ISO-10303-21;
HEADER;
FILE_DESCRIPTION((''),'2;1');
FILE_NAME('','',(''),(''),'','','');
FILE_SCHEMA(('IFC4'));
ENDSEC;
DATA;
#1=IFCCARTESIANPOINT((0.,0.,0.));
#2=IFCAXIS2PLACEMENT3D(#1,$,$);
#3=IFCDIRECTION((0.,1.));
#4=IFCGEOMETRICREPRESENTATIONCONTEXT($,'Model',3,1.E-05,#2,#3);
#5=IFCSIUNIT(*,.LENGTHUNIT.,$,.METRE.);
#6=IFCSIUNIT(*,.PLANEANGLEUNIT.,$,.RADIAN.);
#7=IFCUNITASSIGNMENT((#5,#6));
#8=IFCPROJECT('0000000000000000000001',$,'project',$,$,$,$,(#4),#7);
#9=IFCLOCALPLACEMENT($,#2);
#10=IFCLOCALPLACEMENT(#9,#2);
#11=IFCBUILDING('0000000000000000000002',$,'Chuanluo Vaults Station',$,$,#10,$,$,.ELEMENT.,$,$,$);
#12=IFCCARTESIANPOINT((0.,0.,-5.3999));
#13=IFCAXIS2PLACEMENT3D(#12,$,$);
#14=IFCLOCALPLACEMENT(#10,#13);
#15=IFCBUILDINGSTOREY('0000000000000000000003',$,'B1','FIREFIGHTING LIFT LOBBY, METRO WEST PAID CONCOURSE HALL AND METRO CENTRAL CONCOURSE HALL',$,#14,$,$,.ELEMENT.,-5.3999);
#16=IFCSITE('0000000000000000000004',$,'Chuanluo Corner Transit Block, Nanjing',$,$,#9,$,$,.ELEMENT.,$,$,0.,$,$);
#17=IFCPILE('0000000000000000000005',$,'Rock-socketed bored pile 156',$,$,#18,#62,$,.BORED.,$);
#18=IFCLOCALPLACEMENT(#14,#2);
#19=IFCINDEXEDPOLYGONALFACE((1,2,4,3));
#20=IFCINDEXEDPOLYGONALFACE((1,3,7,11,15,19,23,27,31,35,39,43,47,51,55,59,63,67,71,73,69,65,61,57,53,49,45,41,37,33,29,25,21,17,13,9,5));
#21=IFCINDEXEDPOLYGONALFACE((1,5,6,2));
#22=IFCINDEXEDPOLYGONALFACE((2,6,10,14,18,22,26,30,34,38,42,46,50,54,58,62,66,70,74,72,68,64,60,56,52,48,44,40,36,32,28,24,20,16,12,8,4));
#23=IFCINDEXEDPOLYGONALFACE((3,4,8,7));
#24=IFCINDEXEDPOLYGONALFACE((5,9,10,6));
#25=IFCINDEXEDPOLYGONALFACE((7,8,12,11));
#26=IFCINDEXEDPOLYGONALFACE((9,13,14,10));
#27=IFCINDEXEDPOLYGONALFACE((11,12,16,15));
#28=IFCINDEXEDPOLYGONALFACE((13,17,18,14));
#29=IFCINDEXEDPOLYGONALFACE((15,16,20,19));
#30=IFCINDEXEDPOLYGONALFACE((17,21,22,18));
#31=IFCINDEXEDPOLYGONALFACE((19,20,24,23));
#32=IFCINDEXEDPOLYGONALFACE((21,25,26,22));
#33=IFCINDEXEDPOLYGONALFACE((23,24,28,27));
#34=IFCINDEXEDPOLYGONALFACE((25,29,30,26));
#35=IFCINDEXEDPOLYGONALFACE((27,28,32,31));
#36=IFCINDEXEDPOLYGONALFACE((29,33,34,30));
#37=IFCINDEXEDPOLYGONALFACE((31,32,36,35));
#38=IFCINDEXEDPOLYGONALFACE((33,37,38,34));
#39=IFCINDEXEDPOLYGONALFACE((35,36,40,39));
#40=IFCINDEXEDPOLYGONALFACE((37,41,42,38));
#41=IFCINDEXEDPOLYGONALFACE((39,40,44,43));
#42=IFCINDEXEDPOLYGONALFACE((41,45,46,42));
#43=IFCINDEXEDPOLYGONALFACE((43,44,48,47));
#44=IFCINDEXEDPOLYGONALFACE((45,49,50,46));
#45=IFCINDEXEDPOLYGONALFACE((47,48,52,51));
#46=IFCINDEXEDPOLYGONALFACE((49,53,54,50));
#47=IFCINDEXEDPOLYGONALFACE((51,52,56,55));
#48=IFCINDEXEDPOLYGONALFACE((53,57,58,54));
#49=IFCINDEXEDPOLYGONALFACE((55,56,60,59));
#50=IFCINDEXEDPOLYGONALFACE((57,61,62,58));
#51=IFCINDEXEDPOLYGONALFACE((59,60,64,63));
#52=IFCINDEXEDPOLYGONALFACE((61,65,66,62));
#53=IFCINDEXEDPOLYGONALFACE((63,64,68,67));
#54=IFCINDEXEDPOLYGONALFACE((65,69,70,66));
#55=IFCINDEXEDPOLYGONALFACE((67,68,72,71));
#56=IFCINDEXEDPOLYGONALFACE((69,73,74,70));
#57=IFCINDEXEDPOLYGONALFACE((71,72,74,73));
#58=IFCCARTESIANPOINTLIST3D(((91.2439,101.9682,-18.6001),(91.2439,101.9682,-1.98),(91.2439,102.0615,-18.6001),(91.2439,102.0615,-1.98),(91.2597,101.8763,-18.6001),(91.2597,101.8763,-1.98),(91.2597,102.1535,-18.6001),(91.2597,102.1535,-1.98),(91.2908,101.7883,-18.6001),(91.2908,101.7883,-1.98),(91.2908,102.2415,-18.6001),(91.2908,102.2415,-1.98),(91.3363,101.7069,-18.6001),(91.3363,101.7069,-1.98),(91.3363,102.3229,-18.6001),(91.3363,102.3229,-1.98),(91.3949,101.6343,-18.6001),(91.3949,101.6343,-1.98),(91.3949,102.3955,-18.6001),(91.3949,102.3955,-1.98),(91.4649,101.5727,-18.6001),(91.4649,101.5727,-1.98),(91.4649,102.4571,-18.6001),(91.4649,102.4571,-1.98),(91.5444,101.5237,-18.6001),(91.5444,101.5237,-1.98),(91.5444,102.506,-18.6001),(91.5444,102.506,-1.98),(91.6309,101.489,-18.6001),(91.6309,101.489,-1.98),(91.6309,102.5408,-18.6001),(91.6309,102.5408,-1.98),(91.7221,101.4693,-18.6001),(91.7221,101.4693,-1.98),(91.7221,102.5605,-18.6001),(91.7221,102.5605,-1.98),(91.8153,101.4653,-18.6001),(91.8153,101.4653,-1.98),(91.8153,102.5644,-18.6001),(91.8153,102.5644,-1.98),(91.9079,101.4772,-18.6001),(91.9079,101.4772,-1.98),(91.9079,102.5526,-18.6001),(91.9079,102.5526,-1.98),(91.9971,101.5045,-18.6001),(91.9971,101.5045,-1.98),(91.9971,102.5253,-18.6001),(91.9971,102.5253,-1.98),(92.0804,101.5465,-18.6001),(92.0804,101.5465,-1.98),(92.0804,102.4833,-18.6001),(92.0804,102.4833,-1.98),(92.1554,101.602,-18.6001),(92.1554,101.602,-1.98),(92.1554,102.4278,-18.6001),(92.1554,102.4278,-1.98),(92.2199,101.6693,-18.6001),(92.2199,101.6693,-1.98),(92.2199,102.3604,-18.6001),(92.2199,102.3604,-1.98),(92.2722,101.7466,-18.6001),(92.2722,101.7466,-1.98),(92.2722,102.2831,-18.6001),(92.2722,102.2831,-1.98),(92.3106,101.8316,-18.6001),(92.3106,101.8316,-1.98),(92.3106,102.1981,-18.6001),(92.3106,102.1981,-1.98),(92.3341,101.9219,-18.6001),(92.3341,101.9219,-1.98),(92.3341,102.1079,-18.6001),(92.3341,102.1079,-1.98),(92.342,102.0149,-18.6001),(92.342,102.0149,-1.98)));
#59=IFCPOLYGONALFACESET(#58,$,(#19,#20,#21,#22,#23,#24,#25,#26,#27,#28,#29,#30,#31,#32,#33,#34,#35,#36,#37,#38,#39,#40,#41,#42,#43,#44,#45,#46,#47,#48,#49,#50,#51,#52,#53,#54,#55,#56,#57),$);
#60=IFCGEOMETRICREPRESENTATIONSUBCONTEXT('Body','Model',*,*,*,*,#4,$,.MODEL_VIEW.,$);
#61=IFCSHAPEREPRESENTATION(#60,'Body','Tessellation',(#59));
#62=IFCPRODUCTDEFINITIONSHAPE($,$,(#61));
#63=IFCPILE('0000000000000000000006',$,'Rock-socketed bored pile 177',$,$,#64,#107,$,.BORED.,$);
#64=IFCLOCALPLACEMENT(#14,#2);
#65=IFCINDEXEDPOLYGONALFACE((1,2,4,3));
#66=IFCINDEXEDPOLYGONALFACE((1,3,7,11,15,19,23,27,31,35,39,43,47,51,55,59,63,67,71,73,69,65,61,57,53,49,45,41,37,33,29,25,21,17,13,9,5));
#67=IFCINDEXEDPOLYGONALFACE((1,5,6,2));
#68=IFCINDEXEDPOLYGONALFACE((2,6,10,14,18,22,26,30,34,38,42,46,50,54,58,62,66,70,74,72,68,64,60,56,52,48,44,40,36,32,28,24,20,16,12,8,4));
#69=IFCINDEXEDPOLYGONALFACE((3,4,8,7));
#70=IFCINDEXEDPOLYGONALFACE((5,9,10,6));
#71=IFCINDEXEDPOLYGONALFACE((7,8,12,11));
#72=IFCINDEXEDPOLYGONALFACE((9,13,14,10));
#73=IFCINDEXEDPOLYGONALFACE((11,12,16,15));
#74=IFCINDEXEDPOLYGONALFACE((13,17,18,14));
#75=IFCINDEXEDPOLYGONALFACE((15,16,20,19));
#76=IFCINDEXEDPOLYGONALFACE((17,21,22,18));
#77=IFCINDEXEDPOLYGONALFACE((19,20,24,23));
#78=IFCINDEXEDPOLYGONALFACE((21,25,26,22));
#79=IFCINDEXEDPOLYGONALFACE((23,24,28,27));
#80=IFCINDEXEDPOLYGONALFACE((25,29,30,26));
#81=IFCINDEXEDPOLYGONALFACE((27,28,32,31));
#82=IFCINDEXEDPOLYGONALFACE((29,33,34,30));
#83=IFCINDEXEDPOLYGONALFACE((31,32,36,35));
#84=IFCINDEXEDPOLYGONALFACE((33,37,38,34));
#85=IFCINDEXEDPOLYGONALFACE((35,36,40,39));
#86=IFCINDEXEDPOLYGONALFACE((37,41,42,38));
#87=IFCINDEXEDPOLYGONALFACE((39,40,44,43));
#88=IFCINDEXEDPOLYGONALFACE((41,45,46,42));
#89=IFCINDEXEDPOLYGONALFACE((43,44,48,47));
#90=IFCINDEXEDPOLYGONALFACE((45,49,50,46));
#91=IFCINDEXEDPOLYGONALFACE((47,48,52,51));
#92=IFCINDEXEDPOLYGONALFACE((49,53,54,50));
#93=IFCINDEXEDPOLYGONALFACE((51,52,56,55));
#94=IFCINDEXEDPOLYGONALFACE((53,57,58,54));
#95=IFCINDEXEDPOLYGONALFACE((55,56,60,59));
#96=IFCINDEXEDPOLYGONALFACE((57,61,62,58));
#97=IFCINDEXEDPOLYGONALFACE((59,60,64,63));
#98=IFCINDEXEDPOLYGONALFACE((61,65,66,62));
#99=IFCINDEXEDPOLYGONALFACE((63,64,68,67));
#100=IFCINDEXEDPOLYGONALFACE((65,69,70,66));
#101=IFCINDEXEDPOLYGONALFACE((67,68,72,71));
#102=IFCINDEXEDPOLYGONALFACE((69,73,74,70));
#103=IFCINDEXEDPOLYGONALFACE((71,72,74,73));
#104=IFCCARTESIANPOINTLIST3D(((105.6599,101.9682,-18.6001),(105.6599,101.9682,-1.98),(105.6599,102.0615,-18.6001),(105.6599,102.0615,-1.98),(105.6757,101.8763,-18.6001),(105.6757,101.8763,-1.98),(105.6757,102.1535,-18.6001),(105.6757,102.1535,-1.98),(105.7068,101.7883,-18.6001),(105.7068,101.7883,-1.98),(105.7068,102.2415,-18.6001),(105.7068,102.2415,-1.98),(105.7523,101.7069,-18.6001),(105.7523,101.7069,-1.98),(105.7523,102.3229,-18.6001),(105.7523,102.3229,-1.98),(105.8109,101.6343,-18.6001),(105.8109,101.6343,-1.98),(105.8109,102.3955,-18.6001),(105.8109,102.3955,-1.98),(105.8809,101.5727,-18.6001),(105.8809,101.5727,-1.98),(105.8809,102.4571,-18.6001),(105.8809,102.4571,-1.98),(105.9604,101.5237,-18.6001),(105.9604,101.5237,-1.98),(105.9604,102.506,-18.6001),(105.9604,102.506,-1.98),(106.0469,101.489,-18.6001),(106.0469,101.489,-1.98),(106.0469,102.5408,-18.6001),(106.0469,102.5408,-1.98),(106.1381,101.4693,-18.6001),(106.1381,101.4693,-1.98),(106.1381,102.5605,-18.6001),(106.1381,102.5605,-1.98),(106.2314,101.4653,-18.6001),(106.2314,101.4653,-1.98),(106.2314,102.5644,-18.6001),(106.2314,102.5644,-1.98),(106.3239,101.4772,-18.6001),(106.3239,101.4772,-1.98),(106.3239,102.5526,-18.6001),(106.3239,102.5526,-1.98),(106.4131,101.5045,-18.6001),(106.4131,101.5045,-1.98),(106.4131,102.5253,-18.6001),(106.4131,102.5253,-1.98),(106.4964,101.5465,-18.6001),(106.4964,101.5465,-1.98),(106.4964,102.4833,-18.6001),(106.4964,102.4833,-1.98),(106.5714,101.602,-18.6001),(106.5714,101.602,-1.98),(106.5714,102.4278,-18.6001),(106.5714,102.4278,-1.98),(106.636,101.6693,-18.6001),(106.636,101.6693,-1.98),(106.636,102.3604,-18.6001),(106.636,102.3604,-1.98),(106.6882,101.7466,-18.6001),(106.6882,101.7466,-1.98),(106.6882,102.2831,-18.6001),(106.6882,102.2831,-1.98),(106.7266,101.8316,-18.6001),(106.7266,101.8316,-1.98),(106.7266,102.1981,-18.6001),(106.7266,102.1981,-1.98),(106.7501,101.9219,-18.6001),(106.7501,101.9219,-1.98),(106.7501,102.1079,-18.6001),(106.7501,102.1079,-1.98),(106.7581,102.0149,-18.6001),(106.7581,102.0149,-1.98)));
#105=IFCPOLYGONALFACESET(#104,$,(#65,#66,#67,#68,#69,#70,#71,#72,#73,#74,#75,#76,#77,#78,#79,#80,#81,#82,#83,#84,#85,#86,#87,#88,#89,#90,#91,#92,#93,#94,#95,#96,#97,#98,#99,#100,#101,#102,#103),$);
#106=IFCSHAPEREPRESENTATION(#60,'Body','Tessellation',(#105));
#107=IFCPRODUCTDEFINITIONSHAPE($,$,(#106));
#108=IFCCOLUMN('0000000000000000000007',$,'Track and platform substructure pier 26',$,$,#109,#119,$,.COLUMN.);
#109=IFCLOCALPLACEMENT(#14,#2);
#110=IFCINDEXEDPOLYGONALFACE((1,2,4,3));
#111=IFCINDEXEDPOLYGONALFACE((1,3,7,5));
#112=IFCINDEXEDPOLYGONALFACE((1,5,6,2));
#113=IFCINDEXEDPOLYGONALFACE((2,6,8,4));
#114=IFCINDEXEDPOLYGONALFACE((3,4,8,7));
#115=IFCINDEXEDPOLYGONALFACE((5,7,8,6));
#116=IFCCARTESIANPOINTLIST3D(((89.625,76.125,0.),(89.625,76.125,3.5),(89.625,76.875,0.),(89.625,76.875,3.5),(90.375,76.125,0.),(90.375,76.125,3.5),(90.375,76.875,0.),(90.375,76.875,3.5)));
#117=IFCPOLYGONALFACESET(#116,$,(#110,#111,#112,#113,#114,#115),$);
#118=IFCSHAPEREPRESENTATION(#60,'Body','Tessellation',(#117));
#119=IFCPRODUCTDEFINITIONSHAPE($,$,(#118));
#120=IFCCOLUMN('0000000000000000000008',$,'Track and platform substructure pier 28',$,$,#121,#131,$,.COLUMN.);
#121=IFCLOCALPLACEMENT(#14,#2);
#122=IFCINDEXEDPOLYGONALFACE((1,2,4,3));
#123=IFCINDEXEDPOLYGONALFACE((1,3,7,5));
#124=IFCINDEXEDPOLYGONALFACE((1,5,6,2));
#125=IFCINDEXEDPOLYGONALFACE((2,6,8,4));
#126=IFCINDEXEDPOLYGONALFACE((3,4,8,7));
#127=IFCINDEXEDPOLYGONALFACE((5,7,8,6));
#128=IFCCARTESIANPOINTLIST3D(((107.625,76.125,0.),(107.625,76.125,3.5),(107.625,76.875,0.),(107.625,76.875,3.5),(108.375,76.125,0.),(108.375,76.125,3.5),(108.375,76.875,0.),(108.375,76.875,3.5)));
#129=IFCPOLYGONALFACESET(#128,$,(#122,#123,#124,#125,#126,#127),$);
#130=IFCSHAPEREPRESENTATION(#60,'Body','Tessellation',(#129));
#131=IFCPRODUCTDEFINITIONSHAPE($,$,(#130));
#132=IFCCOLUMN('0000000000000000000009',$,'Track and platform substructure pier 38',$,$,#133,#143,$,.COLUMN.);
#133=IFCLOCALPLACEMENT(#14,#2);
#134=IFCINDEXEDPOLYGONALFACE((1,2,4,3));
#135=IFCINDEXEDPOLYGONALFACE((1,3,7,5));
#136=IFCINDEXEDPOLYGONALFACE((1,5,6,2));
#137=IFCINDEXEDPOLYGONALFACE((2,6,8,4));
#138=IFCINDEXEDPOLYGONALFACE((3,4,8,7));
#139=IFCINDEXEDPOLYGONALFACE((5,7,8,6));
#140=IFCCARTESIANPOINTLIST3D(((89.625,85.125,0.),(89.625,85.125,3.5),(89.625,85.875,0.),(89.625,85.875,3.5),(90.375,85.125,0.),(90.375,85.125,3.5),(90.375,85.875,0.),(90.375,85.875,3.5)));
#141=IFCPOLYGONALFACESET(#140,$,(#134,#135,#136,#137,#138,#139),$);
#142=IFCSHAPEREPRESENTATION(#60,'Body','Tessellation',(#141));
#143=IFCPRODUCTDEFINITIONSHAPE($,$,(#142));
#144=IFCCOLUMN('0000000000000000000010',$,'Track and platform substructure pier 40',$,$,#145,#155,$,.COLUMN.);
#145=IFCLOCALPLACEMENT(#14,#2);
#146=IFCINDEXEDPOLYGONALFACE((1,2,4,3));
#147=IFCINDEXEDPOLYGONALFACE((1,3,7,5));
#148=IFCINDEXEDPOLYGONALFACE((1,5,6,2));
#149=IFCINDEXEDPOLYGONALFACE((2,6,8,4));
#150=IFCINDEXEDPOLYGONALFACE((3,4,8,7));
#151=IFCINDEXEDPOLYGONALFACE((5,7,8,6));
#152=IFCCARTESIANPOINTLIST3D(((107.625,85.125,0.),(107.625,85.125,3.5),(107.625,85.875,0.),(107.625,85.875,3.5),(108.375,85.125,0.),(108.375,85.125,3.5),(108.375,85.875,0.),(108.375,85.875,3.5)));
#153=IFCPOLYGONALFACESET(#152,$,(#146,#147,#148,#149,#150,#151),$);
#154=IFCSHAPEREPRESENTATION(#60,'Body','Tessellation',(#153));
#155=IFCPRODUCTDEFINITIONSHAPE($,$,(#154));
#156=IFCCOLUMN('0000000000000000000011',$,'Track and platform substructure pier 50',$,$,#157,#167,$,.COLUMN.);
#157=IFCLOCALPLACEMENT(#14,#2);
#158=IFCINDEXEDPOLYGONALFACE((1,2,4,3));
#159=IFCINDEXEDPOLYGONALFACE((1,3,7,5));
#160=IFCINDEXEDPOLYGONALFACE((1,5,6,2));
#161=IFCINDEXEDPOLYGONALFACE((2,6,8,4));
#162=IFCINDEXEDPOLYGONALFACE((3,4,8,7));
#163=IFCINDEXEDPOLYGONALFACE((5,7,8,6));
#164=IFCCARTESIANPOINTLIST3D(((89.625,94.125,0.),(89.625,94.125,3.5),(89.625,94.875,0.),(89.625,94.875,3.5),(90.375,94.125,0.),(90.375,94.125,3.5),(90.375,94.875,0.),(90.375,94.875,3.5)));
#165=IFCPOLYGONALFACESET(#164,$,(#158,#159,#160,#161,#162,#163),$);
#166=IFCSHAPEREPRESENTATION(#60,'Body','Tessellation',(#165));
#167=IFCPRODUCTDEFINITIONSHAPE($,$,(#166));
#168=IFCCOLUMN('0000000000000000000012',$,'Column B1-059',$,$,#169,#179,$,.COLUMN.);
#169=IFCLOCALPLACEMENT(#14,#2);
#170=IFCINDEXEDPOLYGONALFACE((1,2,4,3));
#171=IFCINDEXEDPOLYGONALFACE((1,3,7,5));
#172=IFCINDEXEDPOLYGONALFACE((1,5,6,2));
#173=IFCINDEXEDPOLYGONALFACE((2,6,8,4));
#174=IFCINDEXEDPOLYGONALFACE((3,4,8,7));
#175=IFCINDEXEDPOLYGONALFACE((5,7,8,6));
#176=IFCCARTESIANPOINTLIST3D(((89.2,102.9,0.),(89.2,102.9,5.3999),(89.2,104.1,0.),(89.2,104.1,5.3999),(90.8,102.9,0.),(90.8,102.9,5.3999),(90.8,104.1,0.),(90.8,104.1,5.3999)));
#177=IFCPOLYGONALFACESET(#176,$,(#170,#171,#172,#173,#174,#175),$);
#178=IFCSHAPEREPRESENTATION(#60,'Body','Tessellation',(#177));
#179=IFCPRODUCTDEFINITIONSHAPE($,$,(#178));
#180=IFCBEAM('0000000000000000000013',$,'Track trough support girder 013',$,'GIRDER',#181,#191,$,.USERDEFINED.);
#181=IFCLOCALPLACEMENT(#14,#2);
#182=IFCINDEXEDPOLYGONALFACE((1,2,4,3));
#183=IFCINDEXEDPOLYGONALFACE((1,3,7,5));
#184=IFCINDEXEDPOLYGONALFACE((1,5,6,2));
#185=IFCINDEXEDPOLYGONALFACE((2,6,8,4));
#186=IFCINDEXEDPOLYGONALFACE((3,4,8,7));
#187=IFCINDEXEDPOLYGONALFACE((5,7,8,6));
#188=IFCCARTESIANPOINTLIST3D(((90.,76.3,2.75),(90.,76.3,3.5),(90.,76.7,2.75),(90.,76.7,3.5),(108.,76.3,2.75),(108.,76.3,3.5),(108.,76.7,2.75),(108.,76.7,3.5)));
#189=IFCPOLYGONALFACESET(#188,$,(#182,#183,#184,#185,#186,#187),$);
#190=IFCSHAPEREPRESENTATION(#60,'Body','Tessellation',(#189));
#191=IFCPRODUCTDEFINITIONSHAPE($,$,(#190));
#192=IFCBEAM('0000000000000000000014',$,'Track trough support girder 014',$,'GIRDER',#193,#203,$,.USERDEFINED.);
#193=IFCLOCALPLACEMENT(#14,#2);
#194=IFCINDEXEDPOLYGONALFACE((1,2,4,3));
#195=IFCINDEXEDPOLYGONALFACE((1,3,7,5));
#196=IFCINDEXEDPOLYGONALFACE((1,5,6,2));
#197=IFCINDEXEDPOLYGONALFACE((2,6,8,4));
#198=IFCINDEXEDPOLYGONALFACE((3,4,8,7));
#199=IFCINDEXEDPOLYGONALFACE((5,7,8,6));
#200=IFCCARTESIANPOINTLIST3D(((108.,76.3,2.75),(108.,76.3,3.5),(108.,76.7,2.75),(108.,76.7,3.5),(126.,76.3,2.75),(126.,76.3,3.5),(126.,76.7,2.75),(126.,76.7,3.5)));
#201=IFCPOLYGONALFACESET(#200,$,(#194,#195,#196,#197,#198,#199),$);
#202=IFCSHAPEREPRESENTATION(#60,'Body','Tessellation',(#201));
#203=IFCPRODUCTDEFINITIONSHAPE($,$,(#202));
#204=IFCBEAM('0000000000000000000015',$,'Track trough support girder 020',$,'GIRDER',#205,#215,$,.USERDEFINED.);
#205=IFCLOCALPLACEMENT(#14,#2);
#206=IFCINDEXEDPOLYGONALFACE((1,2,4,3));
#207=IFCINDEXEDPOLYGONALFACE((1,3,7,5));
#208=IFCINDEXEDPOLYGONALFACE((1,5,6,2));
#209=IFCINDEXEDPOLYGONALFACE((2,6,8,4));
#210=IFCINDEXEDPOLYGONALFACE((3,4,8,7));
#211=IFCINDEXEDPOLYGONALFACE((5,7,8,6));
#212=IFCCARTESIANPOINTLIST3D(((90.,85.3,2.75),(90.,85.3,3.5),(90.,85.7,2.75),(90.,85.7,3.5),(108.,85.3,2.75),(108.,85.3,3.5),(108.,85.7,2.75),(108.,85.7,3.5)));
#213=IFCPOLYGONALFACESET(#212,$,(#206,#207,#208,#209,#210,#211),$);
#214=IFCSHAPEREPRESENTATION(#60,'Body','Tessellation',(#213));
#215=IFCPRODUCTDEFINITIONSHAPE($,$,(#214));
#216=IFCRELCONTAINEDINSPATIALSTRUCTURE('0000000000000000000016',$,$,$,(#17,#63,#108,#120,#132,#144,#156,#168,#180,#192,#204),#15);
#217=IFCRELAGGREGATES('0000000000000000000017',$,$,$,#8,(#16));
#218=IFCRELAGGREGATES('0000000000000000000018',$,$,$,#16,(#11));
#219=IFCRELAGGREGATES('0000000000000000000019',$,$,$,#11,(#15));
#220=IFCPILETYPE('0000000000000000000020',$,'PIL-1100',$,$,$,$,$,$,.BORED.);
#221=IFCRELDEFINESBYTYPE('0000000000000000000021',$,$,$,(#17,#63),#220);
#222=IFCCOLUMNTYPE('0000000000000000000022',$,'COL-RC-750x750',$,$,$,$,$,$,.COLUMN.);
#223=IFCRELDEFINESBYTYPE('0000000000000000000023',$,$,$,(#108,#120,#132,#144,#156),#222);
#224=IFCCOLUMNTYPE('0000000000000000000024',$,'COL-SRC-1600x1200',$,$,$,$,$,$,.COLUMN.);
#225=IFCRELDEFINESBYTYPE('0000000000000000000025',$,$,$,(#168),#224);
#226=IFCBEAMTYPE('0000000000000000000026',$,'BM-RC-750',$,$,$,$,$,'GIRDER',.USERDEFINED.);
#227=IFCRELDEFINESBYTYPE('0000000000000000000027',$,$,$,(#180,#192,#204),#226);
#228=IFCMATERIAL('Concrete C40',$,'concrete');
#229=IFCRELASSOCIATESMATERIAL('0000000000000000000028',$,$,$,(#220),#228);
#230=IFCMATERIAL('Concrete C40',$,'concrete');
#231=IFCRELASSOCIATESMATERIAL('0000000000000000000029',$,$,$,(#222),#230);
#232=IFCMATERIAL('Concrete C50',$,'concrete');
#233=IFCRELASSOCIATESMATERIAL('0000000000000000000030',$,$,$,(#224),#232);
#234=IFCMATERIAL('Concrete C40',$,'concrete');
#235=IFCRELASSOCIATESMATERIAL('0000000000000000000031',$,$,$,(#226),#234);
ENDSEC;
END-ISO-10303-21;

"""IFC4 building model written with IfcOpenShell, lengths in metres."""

from ifc_helpers import new_model, si_unit, direction, frame, origin, origin_2d, place, context, subcontext, project, spatial, rectangle, circle, extrude, material, material_profile, profile_set, type_object, element, save


model = new_model("IFC4")

# Units and contexts
model_context = context("Model", 3, precision=1e-05, world=origin(), true_north=direction((0.0, 1.0)))
body_context = subcontext(model_context, "Body", "Model", "MODEL_VIEW")
ifc_project = project(units=[si_unit("LENGTHUNIT", "METRE"), si_unit("PLANEANGLEUNIT", "RADIAN")], contexts=[model_context])

# Site, building, storey
site_placement = place(None, origin())
site = spatial("IfcSite", under=ifc_project, at=site_placement, Name="Chuanluo Corner Transit Block, Nanjing", CompositionType="ELEMENT", RefElevation=0.0)
building_placement = place(site_placement, origin())
building = spatial("IfcBuilding", under=site, at=building_placement, Name="Chuanluo Vaults Station", CompositionType="ELEMENT")
storey_placement = place(building_placement, frame((0.0, 0.0, -5.3999)))
storey = spatial("IfcBuildingStorey", under=building, at=storey_placement, Name="B1", Description="FIREFIGHTING LIFT LOBBY, METRO WEST PAID CONCOURSE HALL AND METRO CENTRAL CONCOURSE HALL", CompositionType="ELEMENT", Elevation=-5.3999)

# Piles
ifc_material_1 = material(Name="Concrete C40", Category="concrete")
ifc_material_profile_1 = material_profile(ifc_material_1, circle(Radius=0.55, at=origin_2d()))
ifc_profile_set_1 = profile_set([ifc_material_profile_1], Name="Concrete C40")
pile_type = type_object("IfcPileType", Name="PIL-1100", PredefinedType="BORED", material=ifc_profile_set_1)
for number, where, z_axis, x_axis, name in (
    (1, (91.792, 102.0149, -1.98), (0.0, 0.0, -1.0), (1.0, 0.0, 0.0), "Rock-socketed bored pile 156"),
    (2, (106.208, 102.0149, -1.98), (0.0, 0.0, -1.0), (1.0, 0.0, 0.0), "Rock-socketed bored pile 177"),
):
    element("IfcPile", number, at=place(storey_placement, frame(where, z_axis=z_axis, x_axis=x_axis)), inside=storey, type_object=pile_type, Name=name, PredefinedType="BORED", context=body_context, shape_type="SweptSolid", body=[
        extrude(circle(Radius=0.55, at=origin_2d()), origin(), (0.0, 0.0, 1.0), 16.6201),
    ])

# Columns
ifc_material_2 = material(Name="Concrete C40", Category="concrete")
ifc_material_profile_2 = material_profile(ifc_material_2, rectangle(XDim=0.75, YDim=0.75, at=origin_2d()))
ifc_profile_set_2 = profile_set([ifc_material_profile_2], Name="Concrete C40")
column_type_1 = type_object("IfcColumnType", Name="COL-RC-750x750", PredefinedType="COLUMN", material=ifc_profile_set_2)
for number, where, z_axis, x_axis, name in (
    (3, (90.0, 76.5, 0.0), (0.0, 0.0, 1.0), (1.0, 0.0, 0.0), "Track and platform substructure pier 26"),
    (4, (108.0, 76.5, 0.0), (0.0, 0.0, 1.0), (1.0, 0.0, 0.0), "Track and platform substructure pier 28"),
    (5, (90.0, 85.5, 0.0), (0.0, 0.0, 1.0), (1.0, 0.0, 0.0), "Track and platform substructure pier 38"),
    (6, (108.0, 85.5, 0.0), (0.0, 0.0, 1.0), (1.0, 0.0, 0.0), "Track and platform substructure pier 40"),
    (7, (90.0, 94.5, 0.0), (0.0, 0.0, 1.0), (1.0, 0.0, 0.0), "Track and platform substructure pier 50"),
):
    element("IfcColumn", number, at=place(storey_placement, frame(where, z_axis=z_axis, x_axis=x_axis)), inside=storey, type_object=column_type_1, Name=name, PredefinedType="COLUMN", context=body_context, shape_type="SweptSolid", body=[
        extrude(rectangle(XDim=0.75, YDim=0.75, at=origin_2d()), origin(), (0.0, 0.0, 1.0), 3.5),
    ])
ifc_material_3 = material(Name="Concrete C50", Category="concrete")
ifc_material_profile_3 = material_profile(ifc_material_3, rectangle(XDim=1.6001, YDim=1.2, at=origin_2d()))
ifc_profile_set_3 = profile_set([ifc_material_profile_3], Name="Concrete C50")
column_type_2 = type_object("IfcColumnType", Name="COL-SRC-1600x1200", PredefinedType="COLUMN", material=ifc_profile_set_3)
column_placement = place(storey_placement, frame((90.0, 103.5, 0.0), z_axis=(0.0, 0.0, 1.0), x_axis=(1.0, 0.0, 0.0)))
element("IfcColumn", 8, at=column_placement, inside=storey, type_object=column_type_2, Name="Column B1-059", PredefinedType="COLUMN", context=body_context, shape_type="SweptSolid", body=[
    extrude(rectangle(XDim=1.6001, YDim=1.2, at=origin_2d()), origin(), (0.0, 0.0, 1.0), 5.3999),
])

# Beams
ifc_material_4 = material(Name="Concrete C40", Category="concrete")
ifc_material_profile_4 = material_profile(ifc_material_4, rectangle(XDim=0.3999, YDim=0.75, at=origin_2d()))
ifc_profile_set_4 = profile_set([ifc_material_profile_4], Name="Concrete C40")
beam_type = type_object("IfcBeamType", Name="BM-RC-750", ElementType="GIRDER", PredefinedType="USERDEFINED", material=ifc_profile_set_4)
for number, where, z_axis, x_axis, name in (
    (9, (90.0, 76.5, 3.125), (1.0, 0.0, 0.0), (0.0, 1.0, 0.0), "Track trough support girder 013"),
    (10, (108.0, 76.5, 3.125), (1.0, 0.0, 0.0), (0.0, 1.0, 0.0), "Track trough support girder 014"),
    (11, (90.0, 85.5, 3.125), (1.0, 0.0, 0.0), (0.0, 1.0, 0.0), "Track trough support girder 020"),
):
    element("IfcBeam", number, at=place(storey_placement, frame(where, z_axis=z_axis, x_axis=x_axis)), inside=storey, type_object=beam_type, Name=name, ObjectType="GIRDER", PredefinedType="USERDEFINED", context=body_context, shape_type="SweptSolid", body=[
        extrude(rectangle(XDim=0.3999, YDim=0.75, at=origin_2d()), origin(), (0.0, 0.0, 1.0), 18.0),
    ])

save(model, "model.ifc")
